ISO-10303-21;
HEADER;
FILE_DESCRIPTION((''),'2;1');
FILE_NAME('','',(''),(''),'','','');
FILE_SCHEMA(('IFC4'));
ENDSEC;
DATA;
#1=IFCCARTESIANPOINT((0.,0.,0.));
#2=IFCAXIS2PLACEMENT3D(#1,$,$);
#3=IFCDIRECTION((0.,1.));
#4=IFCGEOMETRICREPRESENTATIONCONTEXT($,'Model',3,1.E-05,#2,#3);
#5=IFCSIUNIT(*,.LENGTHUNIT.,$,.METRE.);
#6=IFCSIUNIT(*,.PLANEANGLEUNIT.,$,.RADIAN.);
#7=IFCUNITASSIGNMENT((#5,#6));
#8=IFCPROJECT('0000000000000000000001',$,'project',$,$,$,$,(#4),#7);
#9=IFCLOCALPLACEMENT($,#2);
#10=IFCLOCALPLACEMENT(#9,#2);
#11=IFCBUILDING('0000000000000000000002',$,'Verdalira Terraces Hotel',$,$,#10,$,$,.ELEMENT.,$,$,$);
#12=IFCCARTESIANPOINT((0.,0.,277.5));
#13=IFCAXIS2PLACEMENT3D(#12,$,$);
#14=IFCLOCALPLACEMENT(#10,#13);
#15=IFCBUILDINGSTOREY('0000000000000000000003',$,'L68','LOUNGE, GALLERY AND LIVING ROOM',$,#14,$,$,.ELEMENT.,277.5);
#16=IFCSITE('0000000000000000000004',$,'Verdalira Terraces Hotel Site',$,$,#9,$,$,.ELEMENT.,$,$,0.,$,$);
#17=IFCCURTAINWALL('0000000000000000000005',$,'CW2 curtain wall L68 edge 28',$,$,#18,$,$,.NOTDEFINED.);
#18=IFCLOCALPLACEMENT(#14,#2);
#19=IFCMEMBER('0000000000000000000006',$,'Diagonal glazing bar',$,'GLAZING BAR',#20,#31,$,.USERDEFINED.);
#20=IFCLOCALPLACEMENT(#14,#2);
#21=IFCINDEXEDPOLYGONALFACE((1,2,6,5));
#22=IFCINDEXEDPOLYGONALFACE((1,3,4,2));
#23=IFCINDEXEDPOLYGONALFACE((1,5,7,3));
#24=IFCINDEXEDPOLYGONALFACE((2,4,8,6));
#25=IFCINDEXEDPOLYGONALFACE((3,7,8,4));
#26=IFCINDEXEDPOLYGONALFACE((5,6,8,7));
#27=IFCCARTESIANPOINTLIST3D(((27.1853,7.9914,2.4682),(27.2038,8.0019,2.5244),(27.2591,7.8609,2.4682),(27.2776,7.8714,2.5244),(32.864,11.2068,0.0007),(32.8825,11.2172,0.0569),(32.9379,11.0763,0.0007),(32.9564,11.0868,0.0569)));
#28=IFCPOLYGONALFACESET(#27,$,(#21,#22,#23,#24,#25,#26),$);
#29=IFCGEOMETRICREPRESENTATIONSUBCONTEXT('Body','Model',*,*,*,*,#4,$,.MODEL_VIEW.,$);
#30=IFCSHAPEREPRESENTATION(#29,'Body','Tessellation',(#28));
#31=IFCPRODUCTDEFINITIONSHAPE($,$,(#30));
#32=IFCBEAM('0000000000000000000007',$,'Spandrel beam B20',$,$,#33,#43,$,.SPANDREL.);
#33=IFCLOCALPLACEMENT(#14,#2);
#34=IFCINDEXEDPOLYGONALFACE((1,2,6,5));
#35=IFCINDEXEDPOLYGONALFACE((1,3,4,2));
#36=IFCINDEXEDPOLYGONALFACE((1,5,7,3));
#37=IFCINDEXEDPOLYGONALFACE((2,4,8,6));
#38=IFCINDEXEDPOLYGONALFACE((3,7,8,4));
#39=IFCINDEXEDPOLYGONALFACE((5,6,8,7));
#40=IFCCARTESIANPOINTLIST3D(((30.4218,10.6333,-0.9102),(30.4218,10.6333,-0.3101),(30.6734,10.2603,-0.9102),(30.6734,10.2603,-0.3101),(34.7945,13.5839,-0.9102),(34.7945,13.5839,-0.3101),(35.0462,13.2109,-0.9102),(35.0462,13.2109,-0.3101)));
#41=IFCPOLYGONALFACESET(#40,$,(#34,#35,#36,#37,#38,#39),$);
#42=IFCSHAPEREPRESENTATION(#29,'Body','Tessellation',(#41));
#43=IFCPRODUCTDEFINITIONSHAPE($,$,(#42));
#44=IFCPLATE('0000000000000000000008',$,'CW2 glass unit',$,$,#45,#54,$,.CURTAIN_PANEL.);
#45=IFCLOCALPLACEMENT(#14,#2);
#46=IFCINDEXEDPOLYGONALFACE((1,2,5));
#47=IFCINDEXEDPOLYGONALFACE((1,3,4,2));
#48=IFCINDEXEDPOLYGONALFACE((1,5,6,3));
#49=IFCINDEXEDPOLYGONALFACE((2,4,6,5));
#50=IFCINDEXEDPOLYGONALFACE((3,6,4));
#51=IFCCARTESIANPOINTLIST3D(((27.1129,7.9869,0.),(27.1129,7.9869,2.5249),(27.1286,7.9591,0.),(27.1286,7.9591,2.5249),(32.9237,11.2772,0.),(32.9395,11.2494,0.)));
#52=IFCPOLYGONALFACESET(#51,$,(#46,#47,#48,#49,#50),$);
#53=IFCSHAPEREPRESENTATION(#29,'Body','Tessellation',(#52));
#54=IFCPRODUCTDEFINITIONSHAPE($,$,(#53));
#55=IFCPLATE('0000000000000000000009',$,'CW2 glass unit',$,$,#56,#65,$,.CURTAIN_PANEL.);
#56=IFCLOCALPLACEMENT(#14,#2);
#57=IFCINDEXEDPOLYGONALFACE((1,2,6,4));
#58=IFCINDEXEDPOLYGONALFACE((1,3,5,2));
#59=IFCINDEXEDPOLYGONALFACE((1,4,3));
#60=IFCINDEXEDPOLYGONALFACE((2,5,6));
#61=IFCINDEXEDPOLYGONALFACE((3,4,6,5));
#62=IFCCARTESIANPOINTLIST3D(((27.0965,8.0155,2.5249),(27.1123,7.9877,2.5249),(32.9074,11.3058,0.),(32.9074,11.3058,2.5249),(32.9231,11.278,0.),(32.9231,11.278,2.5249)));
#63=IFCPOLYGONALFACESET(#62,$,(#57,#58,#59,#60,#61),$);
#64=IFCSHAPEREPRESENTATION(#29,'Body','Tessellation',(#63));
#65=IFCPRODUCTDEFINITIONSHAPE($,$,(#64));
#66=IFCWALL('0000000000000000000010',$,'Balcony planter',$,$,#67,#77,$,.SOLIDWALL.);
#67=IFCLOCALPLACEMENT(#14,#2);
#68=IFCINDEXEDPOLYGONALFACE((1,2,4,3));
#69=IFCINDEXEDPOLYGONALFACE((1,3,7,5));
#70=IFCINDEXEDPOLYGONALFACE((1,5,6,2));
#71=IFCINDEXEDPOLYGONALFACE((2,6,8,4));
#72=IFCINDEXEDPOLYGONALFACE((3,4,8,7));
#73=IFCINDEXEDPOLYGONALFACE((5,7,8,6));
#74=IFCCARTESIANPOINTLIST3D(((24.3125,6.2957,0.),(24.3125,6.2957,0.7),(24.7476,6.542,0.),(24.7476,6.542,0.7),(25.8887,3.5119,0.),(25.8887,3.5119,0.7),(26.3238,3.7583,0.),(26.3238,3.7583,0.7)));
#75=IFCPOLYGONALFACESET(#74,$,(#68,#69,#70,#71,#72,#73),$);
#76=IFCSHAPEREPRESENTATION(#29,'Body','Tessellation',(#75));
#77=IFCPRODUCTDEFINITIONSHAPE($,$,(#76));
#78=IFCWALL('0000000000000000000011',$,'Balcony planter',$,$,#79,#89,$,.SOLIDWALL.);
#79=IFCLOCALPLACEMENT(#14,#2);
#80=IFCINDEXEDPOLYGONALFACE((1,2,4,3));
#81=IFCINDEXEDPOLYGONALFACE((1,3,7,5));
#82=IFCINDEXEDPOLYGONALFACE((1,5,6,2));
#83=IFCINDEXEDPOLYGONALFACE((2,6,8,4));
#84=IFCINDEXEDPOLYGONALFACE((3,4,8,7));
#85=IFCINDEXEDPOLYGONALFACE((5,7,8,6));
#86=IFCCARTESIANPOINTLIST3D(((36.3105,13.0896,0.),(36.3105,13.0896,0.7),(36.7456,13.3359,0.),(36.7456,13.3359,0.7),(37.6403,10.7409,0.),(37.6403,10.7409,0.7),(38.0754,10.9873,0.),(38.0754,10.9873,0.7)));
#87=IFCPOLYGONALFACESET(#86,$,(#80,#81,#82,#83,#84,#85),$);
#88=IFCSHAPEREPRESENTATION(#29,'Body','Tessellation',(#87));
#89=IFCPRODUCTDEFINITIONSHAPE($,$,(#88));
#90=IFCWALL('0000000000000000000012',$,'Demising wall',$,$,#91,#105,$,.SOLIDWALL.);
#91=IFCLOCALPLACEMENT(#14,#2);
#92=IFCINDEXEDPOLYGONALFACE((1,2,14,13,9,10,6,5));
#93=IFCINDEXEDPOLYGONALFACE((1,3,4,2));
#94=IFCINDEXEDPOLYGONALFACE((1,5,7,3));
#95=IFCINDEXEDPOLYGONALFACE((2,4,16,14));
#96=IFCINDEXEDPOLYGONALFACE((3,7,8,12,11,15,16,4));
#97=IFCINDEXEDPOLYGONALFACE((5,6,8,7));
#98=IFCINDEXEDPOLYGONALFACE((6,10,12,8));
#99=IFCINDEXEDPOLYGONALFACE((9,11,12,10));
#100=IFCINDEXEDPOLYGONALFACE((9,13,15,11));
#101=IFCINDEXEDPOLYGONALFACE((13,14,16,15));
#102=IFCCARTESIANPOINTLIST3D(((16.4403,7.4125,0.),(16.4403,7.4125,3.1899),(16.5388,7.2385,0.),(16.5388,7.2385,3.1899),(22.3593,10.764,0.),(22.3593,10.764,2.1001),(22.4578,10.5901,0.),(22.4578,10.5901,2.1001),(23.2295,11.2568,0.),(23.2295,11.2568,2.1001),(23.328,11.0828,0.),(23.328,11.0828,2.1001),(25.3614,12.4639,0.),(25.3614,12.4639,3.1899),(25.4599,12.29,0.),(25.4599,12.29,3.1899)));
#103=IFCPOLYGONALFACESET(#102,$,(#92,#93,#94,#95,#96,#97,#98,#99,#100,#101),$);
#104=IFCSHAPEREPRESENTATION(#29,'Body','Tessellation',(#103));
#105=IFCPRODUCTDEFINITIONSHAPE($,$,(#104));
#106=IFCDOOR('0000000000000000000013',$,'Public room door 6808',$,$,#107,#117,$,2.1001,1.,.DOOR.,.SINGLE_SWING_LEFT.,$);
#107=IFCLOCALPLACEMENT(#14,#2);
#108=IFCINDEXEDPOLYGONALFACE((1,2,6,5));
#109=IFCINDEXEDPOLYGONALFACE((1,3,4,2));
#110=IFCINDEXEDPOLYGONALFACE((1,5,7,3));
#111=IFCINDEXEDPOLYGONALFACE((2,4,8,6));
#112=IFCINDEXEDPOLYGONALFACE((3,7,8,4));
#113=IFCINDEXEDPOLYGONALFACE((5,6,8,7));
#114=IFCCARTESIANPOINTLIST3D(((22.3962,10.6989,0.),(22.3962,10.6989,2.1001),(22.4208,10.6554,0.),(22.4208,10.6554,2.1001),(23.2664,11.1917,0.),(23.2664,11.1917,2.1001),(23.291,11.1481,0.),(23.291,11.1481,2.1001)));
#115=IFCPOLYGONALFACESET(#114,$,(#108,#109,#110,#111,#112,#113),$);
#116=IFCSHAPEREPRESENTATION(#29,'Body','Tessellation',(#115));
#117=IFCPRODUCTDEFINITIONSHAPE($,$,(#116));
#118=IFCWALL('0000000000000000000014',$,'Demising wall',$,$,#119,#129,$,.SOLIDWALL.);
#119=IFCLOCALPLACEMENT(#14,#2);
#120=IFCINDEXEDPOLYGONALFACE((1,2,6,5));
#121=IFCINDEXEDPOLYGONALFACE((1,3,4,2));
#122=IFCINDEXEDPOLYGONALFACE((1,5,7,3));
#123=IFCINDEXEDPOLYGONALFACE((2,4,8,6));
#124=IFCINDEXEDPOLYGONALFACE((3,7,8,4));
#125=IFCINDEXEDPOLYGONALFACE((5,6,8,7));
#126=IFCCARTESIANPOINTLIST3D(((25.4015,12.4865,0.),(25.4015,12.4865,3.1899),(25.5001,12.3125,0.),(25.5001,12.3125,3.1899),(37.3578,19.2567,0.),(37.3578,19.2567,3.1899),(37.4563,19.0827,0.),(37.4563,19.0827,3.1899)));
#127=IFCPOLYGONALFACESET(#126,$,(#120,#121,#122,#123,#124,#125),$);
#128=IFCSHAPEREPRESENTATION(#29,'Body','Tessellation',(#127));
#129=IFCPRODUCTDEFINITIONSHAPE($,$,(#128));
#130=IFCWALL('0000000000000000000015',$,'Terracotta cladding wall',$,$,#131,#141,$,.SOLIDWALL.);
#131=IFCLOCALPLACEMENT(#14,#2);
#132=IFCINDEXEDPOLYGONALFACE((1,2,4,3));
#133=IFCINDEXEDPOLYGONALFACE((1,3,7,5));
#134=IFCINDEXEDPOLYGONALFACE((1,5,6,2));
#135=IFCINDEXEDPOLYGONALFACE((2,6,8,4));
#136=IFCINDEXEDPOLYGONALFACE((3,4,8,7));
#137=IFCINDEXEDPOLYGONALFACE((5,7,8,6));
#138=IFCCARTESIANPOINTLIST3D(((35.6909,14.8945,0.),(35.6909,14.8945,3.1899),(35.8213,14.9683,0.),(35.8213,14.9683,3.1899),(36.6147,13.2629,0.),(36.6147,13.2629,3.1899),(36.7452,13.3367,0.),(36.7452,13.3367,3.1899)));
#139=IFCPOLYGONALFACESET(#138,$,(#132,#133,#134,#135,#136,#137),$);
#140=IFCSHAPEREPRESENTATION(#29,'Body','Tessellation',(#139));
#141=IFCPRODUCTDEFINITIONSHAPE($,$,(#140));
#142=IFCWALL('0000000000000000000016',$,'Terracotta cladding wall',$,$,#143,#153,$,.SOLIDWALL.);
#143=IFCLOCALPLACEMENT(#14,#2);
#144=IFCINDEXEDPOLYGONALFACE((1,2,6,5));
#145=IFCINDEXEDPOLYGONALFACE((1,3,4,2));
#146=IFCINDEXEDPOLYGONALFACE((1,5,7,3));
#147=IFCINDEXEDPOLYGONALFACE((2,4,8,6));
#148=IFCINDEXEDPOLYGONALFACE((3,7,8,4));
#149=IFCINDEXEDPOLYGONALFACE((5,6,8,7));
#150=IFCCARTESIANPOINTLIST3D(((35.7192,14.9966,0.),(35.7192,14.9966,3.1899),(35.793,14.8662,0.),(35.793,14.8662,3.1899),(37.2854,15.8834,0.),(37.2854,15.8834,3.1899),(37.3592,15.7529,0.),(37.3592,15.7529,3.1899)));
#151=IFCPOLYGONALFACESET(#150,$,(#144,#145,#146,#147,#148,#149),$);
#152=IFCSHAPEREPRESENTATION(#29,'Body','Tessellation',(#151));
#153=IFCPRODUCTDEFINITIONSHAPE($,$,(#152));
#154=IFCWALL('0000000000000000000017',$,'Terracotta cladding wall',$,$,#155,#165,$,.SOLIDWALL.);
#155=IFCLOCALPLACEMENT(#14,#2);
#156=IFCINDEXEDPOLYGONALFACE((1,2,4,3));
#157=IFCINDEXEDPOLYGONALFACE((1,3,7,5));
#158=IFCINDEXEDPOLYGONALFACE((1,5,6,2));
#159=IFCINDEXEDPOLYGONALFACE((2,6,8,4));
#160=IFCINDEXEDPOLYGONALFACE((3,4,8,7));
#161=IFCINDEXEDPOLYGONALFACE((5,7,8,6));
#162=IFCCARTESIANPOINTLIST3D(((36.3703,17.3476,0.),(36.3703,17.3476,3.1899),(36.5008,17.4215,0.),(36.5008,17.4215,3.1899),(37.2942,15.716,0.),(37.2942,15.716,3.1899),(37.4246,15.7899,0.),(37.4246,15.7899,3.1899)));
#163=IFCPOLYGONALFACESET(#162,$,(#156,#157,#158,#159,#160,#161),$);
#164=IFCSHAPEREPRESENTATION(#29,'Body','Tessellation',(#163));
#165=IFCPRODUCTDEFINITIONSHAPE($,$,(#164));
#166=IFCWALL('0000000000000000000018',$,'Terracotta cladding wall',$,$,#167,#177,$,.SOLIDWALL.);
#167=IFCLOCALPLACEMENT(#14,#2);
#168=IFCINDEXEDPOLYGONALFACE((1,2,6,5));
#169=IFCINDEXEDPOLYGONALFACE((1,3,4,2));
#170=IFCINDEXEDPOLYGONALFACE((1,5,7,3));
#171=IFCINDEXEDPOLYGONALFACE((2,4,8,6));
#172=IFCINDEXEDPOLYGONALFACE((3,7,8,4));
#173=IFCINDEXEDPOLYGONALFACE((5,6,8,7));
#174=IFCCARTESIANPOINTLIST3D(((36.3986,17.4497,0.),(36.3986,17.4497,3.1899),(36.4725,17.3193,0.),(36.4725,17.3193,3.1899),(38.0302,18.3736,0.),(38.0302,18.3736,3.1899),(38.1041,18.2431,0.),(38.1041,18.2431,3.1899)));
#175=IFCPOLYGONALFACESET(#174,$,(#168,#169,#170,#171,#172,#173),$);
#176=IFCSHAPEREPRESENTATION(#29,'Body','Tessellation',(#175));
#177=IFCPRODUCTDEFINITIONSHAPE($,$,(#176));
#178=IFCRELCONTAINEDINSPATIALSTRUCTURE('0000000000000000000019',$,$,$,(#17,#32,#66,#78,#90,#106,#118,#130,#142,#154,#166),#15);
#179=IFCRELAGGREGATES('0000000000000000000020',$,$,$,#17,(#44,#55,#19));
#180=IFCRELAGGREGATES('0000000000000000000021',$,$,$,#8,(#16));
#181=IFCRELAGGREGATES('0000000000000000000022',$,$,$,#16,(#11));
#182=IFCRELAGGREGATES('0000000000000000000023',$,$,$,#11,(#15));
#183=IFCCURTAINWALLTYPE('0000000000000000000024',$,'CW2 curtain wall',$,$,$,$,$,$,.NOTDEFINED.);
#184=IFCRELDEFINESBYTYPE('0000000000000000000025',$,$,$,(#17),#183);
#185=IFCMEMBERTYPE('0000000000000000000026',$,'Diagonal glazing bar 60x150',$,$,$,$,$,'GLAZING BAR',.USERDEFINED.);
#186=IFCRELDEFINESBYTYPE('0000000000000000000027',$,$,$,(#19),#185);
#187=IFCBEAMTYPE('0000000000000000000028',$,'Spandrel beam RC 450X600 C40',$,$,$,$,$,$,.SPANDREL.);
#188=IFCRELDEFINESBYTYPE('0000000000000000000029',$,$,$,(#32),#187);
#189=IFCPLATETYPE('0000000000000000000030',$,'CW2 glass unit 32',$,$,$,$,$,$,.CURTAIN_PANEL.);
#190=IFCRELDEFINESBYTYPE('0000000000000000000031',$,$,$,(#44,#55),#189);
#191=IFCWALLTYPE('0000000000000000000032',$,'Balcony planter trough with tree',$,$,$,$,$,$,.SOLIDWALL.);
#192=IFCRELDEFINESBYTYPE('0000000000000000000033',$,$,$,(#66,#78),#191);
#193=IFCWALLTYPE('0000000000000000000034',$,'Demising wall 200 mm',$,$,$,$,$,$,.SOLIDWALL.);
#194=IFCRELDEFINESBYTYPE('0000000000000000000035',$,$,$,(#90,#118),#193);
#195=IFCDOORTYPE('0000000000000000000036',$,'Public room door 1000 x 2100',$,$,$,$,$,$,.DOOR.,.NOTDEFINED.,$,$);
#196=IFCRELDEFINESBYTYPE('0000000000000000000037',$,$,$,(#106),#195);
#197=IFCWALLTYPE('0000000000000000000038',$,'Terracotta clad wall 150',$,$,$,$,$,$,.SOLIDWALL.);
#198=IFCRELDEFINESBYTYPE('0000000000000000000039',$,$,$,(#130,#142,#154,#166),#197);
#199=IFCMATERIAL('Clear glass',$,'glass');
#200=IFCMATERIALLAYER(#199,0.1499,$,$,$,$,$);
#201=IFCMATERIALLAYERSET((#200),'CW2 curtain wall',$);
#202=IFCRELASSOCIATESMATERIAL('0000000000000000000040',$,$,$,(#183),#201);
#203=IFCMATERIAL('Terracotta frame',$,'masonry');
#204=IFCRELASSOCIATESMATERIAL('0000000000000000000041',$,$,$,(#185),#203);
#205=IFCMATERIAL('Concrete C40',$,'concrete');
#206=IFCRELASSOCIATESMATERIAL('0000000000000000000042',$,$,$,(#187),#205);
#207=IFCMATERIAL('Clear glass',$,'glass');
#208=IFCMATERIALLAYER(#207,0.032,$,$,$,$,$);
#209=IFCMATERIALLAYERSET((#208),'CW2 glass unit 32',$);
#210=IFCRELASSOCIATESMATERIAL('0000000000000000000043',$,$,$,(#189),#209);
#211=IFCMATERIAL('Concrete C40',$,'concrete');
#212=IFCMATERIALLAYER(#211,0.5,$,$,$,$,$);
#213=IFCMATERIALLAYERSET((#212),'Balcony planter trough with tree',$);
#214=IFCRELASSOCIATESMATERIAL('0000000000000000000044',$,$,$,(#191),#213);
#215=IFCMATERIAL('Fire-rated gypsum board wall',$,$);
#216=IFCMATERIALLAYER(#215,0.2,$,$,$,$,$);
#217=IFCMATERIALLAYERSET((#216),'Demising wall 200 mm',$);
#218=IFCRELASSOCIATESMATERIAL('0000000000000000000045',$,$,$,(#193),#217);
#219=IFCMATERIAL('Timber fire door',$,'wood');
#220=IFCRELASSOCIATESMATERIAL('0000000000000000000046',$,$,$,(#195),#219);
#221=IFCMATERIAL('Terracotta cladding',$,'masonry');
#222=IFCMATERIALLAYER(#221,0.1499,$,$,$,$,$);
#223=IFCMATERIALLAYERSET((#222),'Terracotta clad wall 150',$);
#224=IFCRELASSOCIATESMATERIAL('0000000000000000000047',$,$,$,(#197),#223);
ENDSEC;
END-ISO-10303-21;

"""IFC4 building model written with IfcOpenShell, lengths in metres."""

from ifc_helpers import new_model, si_unit, direction, frame, frame_2d, origin, origin_2d, place, context, subcontext, project, spatial, polyline, rectangle, outline, extrude, material, layer, layer_set, material_profile, profile_set, type_object, element, fill, aggregate, save


model = new_model("IFC4")

# Units and contexts
model_context = context("Model", 3, precision=1e-05, world=origin(), true_north=direction((0.0, 1.0)))
body_context = subcontext(model_context, "Body", "Model", "MODEL_VIEW")
ifc_project = project(units=[si_unit("LENGTHUNIT", "METRE"), si_unit("PLANEANGLEUNIT", "RADIAN")], contexts=[model_context])

# Site, building, storey
site_placement = place(None, origin())
site = spatial("IfcSite", under=ifc_project, at=site_placement, Name="Verdalira Terraces Hotel Site", CompositionType="ELEMENT", RefElevation=0.0)
building_placement = place(site_placement, origin())
building = spatial("IfcBuilding", under=site, at=building_placement, Name="Verdalira Terraces Hotel", CompositionType="ELEMENT")
storey_placement = place(building_placement, frame((0.0, 0.0, 277.5)))
storey = spatial("IfcBuildingStorey", under=building, at=storey_placement, Name="L68", Description="LOUNGE, GALLERY AND LIVING ROOM", CompositionType="ELEMENT", Elevation=277.5)

# Curtain wall
ifc_material_1 = material(Name="Clear glass", Category="glass")
ifc_layer_1 = layer(ifc_material_1, 0.1499)
ifc_layer_set_1 = layer_set([ifc_layer_1], Name="CW2 curtain wall")
curtain_wall_type_1 = type_object("IfcCurtainWallType", Name="CW2 curtain wall", PredefinedType="NOTDEFINED", material=ifc_layer_set_1)
curtain_wall_1_placement = place(storey_placement, origin())
curtain_wall_1 = element("IfcCurtainWall", 1, at=curtain_wall_1_placement, inside=storey, type_object=curtain_wall_type_1, Name="CW2 curtain wall L68 edge 28", PredefinedType="NOTDEFINED")

# Member
ifc_material_2 = material(Name="Terracotta frame", Category="masonry")
ifc_material_profile_1 = material_profile(ifc_material_2, rectangle(XDim=0.1499, YDim=0.0601, at=origin_2d()), Name="GB 60x150")
ifc_profile_set_1 = profile_set([ifc_material_profile_1], Name="Terracotta frame")
member_type_1 = type_object("IfcMemberType", Name="Diagonal glazing bar 60x150", ElementType="GLAZING BAR", PredefinedType="USERDEFINED", material=ifc_profile_set_1)
member_1_placement = place(storey_placement, frame((27.2314, 7.9314, 2.4963), z_axis=(0.81395, 0.460865, -0.35368), x_axis=(-0.49271, 0.870193, 0.0)))
member_1 = element("IfcMember", 2, at=member_1_placement, type_object=member_type_1, Name="Diagonal glazing bar", ObjectType="GLAZING BAR", PredefinedType="USERDEFINED", context=body_context, shape_type="SweptSolid", body=[
    extrude(rectangle(XDim=0.1499, YDim=0.0601, at=origin_2d()), origin(), (0.0, 0.0, 1.0), 6.9768),
])

# Beam
ifc_material_3 = material(Name="Concrete C40", Category="concrete")
ifc_material_profile_2 = material_profile(ifc_material_3, rectangle(XDim=0.45, YDim=0.6001, at=origin_2d()), Name="RC 450X600")
ifc_profile_set_2 = profile_set([ifc_material_profile_2], Name="Concrete C40")
beam_type_1 = type_object("IfcBeamType", Name="Spandrel beam RC 450X600 C40", PredefinedType="SPANDREL", material=ifc_profile_set_2)
beam_1_placement = place(storey_placement, frame((30.5476, 10.4468, -0.6101), z_axis=(0.828933, 0.559348, 0.0), x_axis=(-0.559348, 0.828933, 0.0)))
element("IfcBeam", 3, at=beam_1_placement, inside=storey, type_object=beam_type_1, Name="Spandrel beam B20", PredefinedType="SPANDREL", context=body_context, shape_type="SweptSolid", body=[
    extrude(rectangle(XDim=0.45, YDim=0.6001, at=origin_2d()), origin(), (0.0, 0.0, 1.0), 5.2751),
])

# Plates
ifc_material_4 = material(Name="Clear glass", Category="glass")
ifc_layer_2 = layer(ifc_material_4, 0.032)
ifc_layer_set_2 = layer_set([ifc_layer_2], Name="CW2 glass unit 32")
plate_type = type_object("IfcPlateType", Name="CW2 glass unit 32", PredefinedType="CURTAIN_PANEL", material=ifc_layer_set_2)
plate_1_placement = place(storey_placement, frame((30.0183, 9.6321, 1.2625), z_axis=(0.492727, -0.870184, 0.0), x_axis=(0.870184, 0.492727, 0.0)))
plate_1 = element("IfcPlate", 4, at=plate_1_placement, type_object=plate_type, Name="CW2 glass unit", PredefinedType="CURTAIN_PANEL", context=body_context, shape_type="SweptSolid", body=[
    extrude(outline(polyline([(-3.3389, -1.2625), (3.3389, -1.2625), (-3.3389, 1.2625), (-3.3389, -1.2625)])), origin(), (0.0, 0.0, 1.0), 0.032),
])
plate_2_placement = place(storey_placement, frame((30.002, 9.6606, 1.2625), z_axis=(0.492727, -0.870184, 0.0), x_axis=(0.870184, 0.492727, 0.0)))
plate_2 = element("IfcPlate", 5, at=plate_2_placement, type_object=plate_type, Name="CW2 glass unit", PredefinedType="CURTAIN_PANEL", context=body_context, shape_type="SweptSolid", body=[
    extrude(outline(polyline([(3.3389, -1.2625), (3.3389, 1.2625), (-3.3389, 1.2625), (3.3389, -1.2625)])), origin(), (0.0, 0.0, 1.0), 0.032),
])
aggregate(curtain_wall_1, [plate_1, plate_2, member_1])

# Walls
ifc_material_5 = material(Name="Concrete C40", Category="concrete")
ifc_layer_3 = layer(ifc_material_5, 0.5)
ifc_layer_set_3 = layer_set([ifc_layer_3], Name="Balcony planter trough with tree")
wall_type_1 = type_object("IfcWallType", Name="Balcony planter trough with tree", PredefinedType="SOLIDWALL", material=ifc_layer_set_3)
wall_1_placement = place(storey_placement, frame((24.53, 6.4189, 0.0), z_axis=(0.0, 0.0, 1.0), x_axis=(0.492716, -0.87019, 0.0)))
element("IfcWall", 6, at=wall_1_placement, inside=storey, type_object=wall_type_1, Name="Balcony planter", PredefinedType="SOLIDWALL", context=body_context, shape_type="SweptSolid", body=[
    extrude(rectangle(XDim=3.199, YDim=0.5, at=frame_2d((1.5996, 0.0))), origin(), (0.0, 0.0, 1.0), 0.7),
])
wall_2_placement = place(storey_placement, frame((37.8579, 10.864, 0.0), z_axis=(0.0, 0.0, 1.0), x_axis=(-0.492716, 0.87019, 0.0)))
element("IfcWall", 7, at=wall_2_placement, inside=storey, type_object=wall_type_1, Name="Balcony planter", PredefinedType="SOLIDWALL", context=body_context, shape_type="SweptSolid", body=[
    extrude(rectangle(XDim=2.699, YDim=0.5, at=frame_2d((1.3496, 0.0))), origin(), (0.0, 0.0, 1.0), 0.7),
])

# Wall, opening, door
ifc_material_6 = material(Name="Fire-rated gypsum board wall")
ifc_layer_4 = layer(ifc_material_6, 0.2)
ifc_layer_set_4 = layer_set([ifc_layer_4], Name="Demising wall 200 mm")
wall_type_2 = type_object("IfcWallType", Name="Demising wall 200 mm", PredefinedType="SOLIDWALL", material=ifc_layer_set_4)
wall_3_placement = place(storey_placement, frame((25.4106, 12.377, 0.0), z_axis=(0.0, 0.0, 1.0), x_axis=(-0.870181, -0.492732, 0.0)))
wall_3 = element("IfcWall", 8, at=wall_3_placement, inside=storey, type_object=wall_type_2, Name="Demising wall", PredefinedType="SOLIDWALL", context=body_context, shape_type="SweptSolid", body=[
    extrude(rectangle(XDim=10.252, YDim=0.2, at=frame_2d((5.126, 0.0))), origin(), (0.0, 0.0, 1.0), 3.1899),
])
opening_1_placement = place(wall_3_placement, frame((2.45, 0.0, 0.0)))
opening_1 = element("IfcOpeningElement", 9, at=opening_1_placement, cuts=wall_3, PredefinedType="OPENING", context=body_context, shape_type="SweptSolid", body=[
    extrude(rectangle(XDim=1.0, YDim=2.1001, at=frame_2d((0.5, 1.05))), frame((0.0, 0.1099, 0.0), z_axis=(0.0, -1.0, 0.0), x_axis=(1.0, 0.0, 0.0)), (0.0, 0.0, 1.0), 0.22),
])
ifc_material_7 = material(Name="Timber fire door", Category="wood")
door_type_1 = type_object("IfcDoorType", Name="Public room door 1000 x 2100", OperationType="NOTDEFINED", PredefinedType="DOOR", material=ifc_material_7)
door_1_placement = place(opening_1_placement, origin())
door_1 = element("IfcDoor", 10, at=door_1_placement, inside=storey, type_object=door_type_1, Name="Public room door 6808", OperationType="SINGLE_SWING_LEFT", OverallHeight=2.1001, OverallWidth=1.0, PredefinedType="DOOR", context=body_context, shape_type="SweptSolid", body=[
    extrude(rectangle(XDim=1.0, YDim=2.1001, at=frame_2d((0.5, 1.05))), frame((0.0, 0.0249, 0.0), z_axis=(0.0, -1.0, 0.0), x_axis=(1.0, 0.0, 0.0)), (0.0, 0.0, 1.0), 0.05),
])
fill(opening_1, door_1)

# Walls
wall_4_placement = place(storey_placement, frame((25.4507, 12.3994, 0.0), z_axis=(0.0, 0.0, 1.0), x_axis=(0.870177, 0.492739, 0.0)))
element("IfcWall", 11, at=wall_4_placement, inside=storey, type_object=wall_type_2, Name="Demising wall", PredefinedType="SOLIDWALL", context=body_context, shape_type="SweptSolid", body=[
    extrude(rectangle(XDim=13.74, YDim=0.2, at=frame_2d((6.8701, 0.0))), origin(), (0.0, 0.0, 1.0), 3.1899),
])
ifc_material_8 = material(Name="Terracotta cladding", Category="masonry")
ifc_layer_5 = layer(ifc_material_8, 0.1499)
ifc_layer_set_5 = layer_set([ifc_layer_5], Name="Terracotta clad wall 150")
wall_type_3 = type_object("IfcWallType", Name="Terracotta clad wall 150", PredefinedType="SOLIDWALL", material=ifc_layer_set_5)
wall_5_placement = place(storey_placement, frame((36.6799, 13.2998, 0.0), z_axis=(0.0, 0.0, 1.0), x_axis=(-0.492714, 0.870192, 0.0)))
element("IfcWall", 12, at=wall_5_placement, inside=storey, type_object=wall_type_3, Name="Terracotta cladding wall", PredefinedType="SOLIDWALL", context=body_context, shape_type="SweptSolid", body=[
    extrude(rectangle(XDim=1.875, YDim=0.1499, at=frame_2d((0.9375, 0.0))), origin(), (0.0, 0.0, 1.0), 3.1899),
])
wall_6_placement = place(storey_placement, frame((35.7561, 14.9314, 0.0), z_axis=(0.0, 0.0, 1.0), x_axis=(0.870206, 0.492687, 0.0)))
element("IfcWall", 13, at=wall_6_placement, inside=storey, type_object=wall_type_3, Name="Terracotta cladding wall", PredefinedType="SOLIDWALL", context=body_context, shape_type="SweptSolid", body=[
    extrude(rectangle(XDim=1.7998, YDim=0.1499, at=frame_2d((0.8999, 0.0))), origin(), (0.0, 0.0, 1.0), 3.1899),
])
for number, where, z_axis, x_axis, name in (
    (14, (37.3594, 15.7529, 0.0), (0.0, 0.0, 1.0), (-0.492714, 0.870192, 0.0), "Terracotta cladding wall"),
    (15, (36.4355, 17.3845, 0.0), (0.0, 0.0, 1.0), (0.870192, 0.492714, 0.0), "Terracotta cladding wall"),
):
    element("IfcWall", number, at=place(storey_placement, frame(where, z_axis=z_axis, x_axis=x_axis)), inside=storey, type_object=wall_type_3, Name=name, PredefinedType="SOLIDWALL", context=body_context, shape_type="SweptSolid", body=[
        extrude(rectangle(XDim=1.875, YDim=0.1499, at=frame_2d((0.9375, 0.0))), origin(), (0.0, 0.0, 1.0), 3.1899),
    ])

save(model, "model.ifc")
